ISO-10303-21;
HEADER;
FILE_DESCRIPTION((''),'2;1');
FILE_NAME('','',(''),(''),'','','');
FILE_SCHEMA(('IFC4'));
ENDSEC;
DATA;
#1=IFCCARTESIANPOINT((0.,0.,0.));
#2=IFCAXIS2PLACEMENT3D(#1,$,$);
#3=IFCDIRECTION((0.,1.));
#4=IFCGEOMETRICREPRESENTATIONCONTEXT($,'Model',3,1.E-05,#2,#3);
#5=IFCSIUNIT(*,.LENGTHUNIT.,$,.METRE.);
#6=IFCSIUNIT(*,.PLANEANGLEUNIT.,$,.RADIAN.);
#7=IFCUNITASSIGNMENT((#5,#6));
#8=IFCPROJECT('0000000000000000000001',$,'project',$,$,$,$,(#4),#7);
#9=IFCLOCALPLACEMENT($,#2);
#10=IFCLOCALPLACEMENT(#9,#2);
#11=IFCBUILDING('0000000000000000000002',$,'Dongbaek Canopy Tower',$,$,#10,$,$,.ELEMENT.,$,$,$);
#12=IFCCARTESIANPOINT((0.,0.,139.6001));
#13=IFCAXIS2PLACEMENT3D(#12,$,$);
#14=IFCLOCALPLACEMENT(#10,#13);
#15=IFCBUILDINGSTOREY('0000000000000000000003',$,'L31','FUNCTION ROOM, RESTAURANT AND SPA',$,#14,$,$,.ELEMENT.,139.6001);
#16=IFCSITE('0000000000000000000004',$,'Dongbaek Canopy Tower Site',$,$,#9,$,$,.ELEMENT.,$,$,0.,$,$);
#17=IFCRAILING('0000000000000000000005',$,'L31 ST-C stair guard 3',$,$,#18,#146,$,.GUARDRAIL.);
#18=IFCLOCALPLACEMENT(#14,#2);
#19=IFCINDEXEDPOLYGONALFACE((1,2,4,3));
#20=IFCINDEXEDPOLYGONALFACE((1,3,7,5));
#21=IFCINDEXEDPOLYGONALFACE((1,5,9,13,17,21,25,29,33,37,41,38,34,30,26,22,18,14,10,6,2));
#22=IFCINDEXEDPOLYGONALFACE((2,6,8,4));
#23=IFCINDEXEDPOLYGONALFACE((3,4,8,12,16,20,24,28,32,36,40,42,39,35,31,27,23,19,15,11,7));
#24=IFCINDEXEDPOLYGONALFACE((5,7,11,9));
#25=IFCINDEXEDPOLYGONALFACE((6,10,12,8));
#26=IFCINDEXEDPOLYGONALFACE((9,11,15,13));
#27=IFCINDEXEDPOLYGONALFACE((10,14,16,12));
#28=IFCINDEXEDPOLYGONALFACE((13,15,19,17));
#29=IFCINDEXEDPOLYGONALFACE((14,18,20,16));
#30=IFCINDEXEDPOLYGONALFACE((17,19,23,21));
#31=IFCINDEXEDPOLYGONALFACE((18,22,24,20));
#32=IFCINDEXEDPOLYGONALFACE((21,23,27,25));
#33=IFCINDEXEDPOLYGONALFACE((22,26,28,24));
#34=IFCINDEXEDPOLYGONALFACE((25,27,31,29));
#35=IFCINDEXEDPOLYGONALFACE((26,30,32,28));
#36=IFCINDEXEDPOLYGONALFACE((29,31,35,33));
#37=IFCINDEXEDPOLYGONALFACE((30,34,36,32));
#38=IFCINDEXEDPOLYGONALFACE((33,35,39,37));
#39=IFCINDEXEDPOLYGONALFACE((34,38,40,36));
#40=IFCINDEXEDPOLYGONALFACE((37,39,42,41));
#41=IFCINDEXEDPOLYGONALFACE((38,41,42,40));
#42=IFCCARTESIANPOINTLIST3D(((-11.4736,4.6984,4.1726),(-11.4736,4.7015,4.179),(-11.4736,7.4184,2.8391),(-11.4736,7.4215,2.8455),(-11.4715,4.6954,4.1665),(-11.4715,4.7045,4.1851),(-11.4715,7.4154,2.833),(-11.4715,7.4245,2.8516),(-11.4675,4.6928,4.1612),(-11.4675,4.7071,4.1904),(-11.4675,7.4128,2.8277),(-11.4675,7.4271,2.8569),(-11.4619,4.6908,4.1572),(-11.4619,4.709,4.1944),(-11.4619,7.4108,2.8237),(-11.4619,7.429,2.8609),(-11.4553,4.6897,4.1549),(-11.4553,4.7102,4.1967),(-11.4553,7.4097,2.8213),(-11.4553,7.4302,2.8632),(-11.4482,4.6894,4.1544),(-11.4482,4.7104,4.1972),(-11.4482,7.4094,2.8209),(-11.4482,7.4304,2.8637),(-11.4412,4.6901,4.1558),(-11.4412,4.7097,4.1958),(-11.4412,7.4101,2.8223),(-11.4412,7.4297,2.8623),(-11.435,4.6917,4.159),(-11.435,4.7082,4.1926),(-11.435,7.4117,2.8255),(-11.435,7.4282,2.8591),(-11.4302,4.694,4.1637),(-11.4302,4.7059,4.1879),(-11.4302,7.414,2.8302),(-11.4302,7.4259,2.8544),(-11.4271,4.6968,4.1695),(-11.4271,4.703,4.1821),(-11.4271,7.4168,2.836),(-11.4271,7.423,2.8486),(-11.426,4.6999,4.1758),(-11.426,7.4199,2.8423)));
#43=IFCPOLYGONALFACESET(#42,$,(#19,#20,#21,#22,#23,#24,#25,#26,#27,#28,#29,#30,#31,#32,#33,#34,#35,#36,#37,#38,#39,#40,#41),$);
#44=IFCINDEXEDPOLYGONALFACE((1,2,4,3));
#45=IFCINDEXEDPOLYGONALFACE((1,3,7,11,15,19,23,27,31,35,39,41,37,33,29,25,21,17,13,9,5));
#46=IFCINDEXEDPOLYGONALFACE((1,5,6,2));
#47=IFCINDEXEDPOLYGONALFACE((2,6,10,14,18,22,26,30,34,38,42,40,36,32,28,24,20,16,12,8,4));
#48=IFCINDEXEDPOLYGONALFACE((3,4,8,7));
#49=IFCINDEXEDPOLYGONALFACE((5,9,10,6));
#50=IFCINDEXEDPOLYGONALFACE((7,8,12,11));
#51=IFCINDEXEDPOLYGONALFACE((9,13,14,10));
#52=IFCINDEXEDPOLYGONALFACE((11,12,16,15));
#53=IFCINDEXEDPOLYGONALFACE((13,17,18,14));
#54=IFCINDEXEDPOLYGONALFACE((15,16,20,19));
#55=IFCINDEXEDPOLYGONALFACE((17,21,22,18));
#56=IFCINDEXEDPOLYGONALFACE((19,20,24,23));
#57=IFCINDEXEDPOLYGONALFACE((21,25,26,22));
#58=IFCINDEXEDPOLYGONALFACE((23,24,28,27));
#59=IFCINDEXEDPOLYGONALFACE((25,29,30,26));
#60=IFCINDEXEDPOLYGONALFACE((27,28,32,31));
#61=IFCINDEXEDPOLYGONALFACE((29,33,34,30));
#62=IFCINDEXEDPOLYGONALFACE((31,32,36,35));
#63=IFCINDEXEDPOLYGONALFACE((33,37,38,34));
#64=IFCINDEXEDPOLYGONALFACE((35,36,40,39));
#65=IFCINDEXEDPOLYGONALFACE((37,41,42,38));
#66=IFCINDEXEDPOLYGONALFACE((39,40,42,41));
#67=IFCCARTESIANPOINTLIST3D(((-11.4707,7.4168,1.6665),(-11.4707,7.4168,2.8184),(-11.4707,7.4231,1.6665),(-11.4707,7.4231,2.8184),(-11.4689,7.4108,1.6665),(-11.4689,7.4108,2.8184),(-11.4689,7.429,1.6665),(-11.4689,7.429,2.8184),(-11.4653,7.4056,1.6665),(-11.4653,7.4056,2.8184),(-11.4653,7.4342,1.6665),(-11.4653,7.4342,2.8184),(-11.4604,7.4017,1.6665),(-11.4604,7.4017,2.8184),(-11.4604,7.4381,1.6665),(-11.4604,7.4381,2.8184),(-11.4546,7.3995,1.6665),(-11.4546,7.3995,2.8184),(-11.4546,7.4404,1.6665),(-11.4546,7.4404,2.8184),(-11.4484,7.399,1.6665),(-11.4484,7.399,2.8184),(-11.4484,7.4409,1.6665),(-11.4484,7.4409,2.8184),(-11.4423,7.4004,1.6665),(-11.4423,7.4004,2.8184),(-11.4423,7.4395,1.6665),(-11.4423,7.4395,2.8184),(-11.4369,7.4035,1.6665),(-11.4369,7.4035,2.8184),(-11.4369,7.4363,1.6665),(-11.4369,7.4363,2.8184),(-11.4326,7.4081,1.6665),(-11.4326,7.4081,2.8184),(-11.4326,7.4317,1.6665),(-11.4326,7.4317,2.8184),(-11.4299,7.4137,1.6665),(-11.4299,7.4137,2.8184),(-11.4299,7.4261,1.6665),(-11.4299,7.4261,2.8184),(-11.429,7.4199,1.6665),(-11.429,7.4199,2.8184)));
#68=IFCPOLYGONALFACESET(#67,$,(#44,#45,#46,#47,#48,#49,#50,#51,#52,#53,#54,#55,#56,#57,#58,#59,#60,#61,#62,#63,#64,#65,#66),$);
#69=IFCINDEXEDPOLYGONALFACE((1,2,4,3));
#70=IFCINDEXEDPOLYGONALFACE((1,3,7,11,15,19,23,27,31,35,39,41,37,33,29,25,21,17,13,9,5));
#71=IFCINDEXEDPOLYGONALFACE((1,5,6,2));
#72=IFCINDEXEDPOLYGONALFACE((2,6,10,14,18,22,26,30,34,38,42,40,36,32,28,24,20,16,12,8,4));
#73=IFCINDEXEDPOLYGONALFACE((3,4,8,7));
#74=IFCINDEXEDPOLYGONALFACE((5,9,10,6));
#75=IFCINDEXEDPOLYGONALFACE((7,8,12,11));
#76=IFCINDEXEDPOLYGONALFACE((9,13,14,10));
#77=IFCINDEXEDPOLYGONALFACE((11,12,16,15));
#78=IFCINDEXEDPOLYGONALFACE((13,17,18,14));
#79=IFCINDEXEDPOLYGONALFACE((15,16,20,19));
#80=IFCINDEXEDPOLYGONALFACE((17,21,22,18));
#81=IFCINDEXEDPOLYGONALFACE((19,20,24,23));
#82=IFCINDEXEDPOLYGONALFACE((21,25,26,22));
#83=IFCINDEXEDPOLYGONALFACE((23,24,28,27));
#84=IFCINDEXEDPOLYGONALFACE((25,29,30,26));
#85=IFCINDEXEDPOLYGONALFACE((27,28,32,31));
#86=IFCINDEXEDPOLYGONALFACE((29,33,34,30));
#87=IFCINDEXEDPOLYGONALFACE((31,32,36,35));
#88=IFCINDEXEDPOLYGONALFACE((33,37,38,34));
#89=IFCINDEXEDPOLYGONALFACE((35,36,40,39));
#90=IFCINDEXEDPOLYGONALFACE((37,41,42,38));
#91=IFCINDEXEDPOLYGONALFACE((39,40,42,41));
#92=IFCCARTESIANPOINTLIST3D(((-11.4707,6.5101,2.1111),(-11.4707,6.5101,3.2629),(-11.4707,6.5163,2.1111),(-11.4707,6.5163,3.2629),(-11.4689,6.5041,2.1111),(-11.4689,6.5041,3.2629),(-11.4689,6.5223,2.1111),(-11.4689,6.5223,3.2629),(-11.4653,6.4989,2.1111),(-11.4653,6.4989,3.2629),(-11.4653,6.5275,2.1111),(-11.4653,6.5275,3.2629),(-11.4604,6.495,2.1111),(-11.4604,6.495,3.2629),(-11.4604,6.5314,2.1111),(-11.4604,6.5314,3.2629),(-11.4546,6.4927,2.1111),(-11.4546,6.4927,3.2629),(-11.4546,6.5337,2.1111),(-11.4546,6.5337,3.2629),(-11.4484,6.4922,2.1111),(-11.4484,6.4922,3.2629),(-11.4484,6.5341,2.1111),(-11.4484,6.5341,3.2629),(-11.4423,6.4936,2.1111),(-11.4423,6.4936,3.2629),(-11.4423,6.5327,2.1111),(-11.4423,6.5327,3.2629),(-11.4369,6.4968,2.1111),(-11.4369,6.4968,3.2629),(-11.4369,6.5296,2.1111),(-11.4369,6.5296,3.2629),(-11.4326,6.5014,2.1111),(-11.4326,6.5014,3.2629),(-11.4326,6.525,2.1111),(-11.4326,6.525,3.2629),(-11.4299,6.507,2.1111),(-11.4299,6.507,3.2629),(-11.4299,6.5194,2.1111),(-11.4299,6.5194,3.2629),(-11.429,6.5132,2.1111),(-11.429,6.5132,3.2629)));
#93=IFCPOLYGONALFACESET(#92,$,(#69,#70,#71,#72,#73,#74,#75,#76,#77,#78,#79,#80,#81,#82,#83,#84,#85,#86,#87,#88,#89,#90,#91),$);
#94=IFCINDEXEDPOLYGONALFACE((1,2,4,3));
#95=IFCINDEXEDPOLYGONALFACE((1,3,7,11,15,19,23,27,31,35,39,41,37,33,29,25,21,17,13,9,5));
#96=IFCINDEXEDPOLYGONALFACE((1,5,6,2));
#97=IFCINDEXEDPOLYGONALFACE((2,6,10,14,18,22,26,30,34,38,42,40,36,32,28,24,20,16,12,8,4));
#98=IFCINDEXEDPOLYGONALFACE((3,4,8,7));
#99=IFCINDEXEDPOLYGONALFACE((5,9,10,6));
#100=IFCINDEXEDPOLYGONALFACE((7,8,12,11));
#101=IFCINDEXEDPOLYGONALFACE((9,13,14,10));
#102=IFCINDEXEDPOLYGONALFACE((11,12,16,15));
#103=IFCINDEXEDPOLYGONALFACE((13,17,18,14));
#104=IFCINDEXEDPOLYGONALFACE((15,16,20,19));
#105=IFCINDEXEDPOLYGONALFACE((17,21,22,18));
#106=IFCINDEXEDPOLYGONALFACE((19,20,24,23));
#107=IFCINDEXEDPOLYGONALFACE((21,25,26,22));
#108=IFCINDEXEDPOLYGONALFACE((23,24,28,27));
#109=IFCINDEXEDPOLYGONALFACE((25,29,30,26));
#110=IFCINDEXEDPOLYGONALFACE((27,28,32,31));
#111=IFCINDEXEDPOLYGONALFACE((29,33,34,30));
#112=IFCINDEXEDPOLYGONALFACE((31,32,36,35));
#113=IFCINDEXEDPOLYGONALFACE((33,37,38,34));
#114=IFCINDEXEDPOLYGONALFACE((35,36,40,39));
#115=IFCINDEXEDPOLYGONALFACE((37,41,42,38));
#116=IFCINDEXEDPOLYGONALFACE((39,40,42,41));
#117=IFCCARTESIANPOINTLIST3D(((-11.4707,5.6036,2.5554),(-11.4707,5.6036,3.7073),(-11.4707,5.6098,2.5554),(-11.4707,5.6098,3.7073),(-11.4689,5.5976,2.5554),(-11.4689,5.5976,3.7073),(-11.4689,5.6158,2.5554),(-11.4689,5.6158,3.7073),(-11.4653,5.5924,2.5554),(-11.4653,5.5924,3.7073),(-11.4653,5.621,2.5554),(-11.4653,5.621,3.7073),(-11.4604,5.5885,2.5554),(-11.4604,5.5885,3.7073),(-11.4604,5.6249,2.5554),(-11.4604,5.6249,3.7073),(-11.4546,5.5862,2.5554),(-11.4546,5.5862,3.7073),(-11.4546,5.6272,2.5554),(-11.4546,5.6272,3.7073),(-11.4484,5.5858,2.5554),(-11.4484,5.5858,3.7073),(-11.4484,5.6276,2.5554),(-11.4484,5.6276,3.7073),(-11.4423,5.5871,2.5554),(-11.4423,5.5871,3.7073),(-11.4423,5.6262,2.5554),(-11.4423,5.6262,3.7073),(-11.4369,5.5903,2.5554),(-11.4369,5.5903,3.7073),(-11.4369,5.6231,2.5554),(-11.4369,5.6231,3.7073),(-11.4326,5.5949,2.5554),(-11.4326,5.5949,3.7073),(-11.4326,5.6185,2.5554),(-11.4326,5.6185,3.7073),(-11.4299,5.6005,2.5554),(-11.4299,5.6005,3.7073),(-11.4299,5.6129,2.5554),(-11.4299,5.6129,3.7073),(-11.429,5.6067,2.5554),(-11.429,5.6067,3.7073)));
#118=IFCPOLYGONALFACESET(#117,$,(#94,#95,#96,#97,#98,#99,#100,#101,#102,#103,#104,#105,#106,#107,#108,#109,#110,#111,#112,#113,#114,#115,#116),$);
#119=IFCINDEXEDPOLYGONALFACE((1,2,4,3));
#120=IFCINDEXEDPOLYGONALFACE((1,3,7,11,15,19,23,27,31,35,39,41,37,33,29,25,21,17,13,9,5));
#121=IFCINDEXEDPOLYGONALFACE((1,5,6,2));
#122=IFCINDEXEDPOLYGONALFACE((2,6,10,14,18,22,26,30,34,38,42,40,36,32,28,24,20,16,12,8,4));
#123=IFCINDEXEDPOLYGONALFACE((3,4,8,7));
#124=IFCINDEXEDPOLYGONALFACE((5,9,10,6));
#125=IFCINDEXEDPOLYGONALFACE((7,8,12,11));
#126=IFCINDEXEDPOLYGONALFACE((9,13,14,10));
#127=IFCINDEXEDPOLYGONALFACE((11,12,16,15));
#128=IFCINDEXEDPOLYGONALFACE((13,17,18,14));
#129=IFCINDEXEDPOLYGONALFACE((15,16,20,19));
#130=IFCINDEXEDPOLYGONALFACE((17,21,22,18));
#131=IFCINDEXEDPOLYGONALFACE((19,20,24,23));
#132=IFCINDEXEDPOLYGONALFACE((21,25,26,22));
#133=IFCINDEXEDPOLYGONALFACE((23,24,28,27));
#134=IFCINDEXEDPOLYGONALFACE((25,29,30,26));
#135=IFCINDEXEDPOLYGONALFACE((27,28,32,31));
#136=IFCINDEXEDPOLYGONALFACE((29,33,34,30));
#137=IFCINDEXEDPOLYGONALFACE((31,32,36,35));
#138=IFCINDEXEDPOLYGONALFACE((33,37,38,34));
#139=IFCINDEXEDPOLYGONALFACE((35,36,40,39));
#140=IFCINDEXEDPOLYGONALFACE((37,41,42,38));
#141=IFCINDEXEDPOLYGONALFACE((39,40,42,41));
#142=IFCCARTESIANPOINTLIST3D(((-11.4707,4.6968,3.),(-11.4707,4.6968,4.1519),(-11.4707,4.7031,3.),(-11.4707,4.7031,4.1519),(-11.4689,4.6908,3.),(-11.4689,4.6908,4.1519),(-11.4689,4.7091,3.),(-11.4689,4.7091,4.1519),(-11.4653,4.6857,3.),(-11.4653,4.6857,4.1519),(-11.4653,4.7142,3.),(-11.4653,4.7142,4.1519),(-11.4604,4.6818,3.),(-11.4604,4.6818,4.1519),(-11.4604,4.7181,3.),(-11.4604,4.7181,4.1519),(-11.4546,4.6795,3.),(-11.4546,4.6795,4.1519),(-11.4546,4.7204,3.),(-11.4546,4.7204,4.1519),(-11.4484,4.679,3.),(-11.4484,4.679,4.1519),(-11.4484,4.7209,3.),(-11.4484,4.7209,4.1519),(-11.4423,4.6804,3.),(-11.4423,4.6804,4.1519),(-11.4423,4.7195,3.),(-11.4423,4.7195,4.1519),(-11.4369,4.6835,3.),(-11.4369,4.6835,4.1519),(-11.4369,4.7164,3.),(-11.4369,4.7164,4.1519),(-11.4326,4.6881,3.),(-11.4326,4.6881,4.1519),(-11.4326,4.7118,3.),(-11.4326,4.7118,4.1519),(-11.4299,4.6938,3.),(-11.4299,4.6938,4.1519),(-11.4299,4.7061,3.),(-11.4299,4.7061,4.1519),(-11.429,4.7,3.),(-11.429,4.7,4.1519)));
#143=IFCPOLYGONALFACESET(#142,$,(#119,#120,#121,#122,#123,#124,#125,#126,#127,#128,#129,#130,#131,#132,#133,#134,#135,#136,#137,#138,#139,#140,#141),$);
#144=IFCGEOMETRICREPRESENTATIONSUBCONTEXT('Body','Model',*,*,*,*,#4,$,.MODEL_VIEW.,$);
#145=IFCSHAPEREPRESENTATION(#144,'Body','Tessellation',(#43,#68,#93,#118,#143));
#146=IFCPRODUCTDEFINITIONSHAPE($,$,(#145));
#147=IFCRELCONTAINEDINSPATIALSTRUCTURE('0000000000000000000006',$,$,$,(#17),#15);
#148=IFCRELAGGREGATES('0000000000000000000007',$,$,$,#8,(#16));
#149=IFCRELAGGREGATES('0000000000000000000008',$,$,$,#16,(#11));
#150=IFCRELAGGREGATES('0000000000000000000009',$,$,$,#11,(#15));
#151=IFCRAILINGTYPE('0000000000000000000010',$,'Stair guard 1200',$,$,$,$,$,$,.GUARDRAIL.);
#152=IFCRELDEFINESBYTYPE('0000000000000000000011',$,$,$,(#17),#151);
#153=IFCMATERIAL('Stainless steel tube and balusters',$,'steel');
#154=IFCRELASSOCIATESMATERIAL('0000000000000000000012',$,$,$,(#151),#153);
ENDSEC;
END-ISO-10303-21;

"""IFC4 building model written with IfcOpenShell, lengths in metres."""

from ifc_helpers import new_model, si_unit, direction, frame, origin, origin_2d, place, context, subcontext, project, spatial, circle, extrude, material, type_object, element, save


model = new_model("IFC4")

# Units and contexts
model_context = context("Model", 3, precision=1e-05, world=origin(), true_north=direction((0.0, 1.0)))
body_context = subcontext(model_context, "Body", "Model", "MODEL_VIEW")
ifc_project = project(units=[si_unit("LENGTHUNIT", "METRE"), si_unit("PLANEANGLEUNIT", "RADIAN")], contexts=[model_context])

# Site, building, storey
site_placement = place(None, origin())
site = spatial("IfcSite", under=ifc_project, at=site_placement, Name="Dongbaek Canopy Tower Site", CompositionType="ELEMENT", RefElevation=0.0)
building_placement = place(site_placement, origin())
building = spatial("IfcBuilding", under=site, at=building_placement, Name="Dongbaek Canopy Tower", CompositionType="ELEMENT")
storey_placement = place(building_placement, frame((0.0, 0.0, 139.6001)))
storey = spatial("IfcBuildingStorey", under=building, at=storey_placement, Name="L31", Description="FUNCTION ROOM, RESTAURANT AND SPA", CompositionType="ELEMENT", Elevation=139.6001)

# Railing
ifc_material_1 = material(Name="Stainless steel tube and balusters", Category="steel")
railing_type = type_object("IfcRailingType", Name="Stair guard 1200", PredefinedType="GUARDRAIL", material=ifc_material_1)
railing_1_placement = place(storey_placement, frame((-11.45, 7.4199, 1.6665)))
element("IfcRailing", 1, at=railing_1_placement, inside=storey, type_object=railing_type, Name="L31 ST-C stair guard 3", PredefinedType="GUARDRAIL", context=body_context, shape_type="SweptSolid", body=[
    extrude(circle(Radius=0.0239, at=origin_2d()), frame((0.0, 0.0, 1.1758), z_axis=(0.0, -0.897898, 0.440204), x_axis=(1.0, 0.0, 0.0)), (0.0, 0.0, 1.0), 3.0293),
    extrude(circle(Radius=0.021, at=origin_2d()), origin(), (0.0, 0.0, 1.0), 1.1519),
    extrude(circle(Radius=0.021, at=origin_2d()), frame((0.0, -0.9067, 0.4446)), (0.0, 0.0, 1.0), 1.1519),
    extrude(circle(Radius=0.021, at=origin_2d()), frame((0.0, -1.8132, 0.8889)), (0.0, 0.0, 1.0), 1.1519),
    extrude(circle(Radius=0.021, at=origin_2d()), frame((0.0, -2.72, 1.3335)), (0.0, 0.0, 1.0), 1.1519),
])

save(model, "model.ifc")
